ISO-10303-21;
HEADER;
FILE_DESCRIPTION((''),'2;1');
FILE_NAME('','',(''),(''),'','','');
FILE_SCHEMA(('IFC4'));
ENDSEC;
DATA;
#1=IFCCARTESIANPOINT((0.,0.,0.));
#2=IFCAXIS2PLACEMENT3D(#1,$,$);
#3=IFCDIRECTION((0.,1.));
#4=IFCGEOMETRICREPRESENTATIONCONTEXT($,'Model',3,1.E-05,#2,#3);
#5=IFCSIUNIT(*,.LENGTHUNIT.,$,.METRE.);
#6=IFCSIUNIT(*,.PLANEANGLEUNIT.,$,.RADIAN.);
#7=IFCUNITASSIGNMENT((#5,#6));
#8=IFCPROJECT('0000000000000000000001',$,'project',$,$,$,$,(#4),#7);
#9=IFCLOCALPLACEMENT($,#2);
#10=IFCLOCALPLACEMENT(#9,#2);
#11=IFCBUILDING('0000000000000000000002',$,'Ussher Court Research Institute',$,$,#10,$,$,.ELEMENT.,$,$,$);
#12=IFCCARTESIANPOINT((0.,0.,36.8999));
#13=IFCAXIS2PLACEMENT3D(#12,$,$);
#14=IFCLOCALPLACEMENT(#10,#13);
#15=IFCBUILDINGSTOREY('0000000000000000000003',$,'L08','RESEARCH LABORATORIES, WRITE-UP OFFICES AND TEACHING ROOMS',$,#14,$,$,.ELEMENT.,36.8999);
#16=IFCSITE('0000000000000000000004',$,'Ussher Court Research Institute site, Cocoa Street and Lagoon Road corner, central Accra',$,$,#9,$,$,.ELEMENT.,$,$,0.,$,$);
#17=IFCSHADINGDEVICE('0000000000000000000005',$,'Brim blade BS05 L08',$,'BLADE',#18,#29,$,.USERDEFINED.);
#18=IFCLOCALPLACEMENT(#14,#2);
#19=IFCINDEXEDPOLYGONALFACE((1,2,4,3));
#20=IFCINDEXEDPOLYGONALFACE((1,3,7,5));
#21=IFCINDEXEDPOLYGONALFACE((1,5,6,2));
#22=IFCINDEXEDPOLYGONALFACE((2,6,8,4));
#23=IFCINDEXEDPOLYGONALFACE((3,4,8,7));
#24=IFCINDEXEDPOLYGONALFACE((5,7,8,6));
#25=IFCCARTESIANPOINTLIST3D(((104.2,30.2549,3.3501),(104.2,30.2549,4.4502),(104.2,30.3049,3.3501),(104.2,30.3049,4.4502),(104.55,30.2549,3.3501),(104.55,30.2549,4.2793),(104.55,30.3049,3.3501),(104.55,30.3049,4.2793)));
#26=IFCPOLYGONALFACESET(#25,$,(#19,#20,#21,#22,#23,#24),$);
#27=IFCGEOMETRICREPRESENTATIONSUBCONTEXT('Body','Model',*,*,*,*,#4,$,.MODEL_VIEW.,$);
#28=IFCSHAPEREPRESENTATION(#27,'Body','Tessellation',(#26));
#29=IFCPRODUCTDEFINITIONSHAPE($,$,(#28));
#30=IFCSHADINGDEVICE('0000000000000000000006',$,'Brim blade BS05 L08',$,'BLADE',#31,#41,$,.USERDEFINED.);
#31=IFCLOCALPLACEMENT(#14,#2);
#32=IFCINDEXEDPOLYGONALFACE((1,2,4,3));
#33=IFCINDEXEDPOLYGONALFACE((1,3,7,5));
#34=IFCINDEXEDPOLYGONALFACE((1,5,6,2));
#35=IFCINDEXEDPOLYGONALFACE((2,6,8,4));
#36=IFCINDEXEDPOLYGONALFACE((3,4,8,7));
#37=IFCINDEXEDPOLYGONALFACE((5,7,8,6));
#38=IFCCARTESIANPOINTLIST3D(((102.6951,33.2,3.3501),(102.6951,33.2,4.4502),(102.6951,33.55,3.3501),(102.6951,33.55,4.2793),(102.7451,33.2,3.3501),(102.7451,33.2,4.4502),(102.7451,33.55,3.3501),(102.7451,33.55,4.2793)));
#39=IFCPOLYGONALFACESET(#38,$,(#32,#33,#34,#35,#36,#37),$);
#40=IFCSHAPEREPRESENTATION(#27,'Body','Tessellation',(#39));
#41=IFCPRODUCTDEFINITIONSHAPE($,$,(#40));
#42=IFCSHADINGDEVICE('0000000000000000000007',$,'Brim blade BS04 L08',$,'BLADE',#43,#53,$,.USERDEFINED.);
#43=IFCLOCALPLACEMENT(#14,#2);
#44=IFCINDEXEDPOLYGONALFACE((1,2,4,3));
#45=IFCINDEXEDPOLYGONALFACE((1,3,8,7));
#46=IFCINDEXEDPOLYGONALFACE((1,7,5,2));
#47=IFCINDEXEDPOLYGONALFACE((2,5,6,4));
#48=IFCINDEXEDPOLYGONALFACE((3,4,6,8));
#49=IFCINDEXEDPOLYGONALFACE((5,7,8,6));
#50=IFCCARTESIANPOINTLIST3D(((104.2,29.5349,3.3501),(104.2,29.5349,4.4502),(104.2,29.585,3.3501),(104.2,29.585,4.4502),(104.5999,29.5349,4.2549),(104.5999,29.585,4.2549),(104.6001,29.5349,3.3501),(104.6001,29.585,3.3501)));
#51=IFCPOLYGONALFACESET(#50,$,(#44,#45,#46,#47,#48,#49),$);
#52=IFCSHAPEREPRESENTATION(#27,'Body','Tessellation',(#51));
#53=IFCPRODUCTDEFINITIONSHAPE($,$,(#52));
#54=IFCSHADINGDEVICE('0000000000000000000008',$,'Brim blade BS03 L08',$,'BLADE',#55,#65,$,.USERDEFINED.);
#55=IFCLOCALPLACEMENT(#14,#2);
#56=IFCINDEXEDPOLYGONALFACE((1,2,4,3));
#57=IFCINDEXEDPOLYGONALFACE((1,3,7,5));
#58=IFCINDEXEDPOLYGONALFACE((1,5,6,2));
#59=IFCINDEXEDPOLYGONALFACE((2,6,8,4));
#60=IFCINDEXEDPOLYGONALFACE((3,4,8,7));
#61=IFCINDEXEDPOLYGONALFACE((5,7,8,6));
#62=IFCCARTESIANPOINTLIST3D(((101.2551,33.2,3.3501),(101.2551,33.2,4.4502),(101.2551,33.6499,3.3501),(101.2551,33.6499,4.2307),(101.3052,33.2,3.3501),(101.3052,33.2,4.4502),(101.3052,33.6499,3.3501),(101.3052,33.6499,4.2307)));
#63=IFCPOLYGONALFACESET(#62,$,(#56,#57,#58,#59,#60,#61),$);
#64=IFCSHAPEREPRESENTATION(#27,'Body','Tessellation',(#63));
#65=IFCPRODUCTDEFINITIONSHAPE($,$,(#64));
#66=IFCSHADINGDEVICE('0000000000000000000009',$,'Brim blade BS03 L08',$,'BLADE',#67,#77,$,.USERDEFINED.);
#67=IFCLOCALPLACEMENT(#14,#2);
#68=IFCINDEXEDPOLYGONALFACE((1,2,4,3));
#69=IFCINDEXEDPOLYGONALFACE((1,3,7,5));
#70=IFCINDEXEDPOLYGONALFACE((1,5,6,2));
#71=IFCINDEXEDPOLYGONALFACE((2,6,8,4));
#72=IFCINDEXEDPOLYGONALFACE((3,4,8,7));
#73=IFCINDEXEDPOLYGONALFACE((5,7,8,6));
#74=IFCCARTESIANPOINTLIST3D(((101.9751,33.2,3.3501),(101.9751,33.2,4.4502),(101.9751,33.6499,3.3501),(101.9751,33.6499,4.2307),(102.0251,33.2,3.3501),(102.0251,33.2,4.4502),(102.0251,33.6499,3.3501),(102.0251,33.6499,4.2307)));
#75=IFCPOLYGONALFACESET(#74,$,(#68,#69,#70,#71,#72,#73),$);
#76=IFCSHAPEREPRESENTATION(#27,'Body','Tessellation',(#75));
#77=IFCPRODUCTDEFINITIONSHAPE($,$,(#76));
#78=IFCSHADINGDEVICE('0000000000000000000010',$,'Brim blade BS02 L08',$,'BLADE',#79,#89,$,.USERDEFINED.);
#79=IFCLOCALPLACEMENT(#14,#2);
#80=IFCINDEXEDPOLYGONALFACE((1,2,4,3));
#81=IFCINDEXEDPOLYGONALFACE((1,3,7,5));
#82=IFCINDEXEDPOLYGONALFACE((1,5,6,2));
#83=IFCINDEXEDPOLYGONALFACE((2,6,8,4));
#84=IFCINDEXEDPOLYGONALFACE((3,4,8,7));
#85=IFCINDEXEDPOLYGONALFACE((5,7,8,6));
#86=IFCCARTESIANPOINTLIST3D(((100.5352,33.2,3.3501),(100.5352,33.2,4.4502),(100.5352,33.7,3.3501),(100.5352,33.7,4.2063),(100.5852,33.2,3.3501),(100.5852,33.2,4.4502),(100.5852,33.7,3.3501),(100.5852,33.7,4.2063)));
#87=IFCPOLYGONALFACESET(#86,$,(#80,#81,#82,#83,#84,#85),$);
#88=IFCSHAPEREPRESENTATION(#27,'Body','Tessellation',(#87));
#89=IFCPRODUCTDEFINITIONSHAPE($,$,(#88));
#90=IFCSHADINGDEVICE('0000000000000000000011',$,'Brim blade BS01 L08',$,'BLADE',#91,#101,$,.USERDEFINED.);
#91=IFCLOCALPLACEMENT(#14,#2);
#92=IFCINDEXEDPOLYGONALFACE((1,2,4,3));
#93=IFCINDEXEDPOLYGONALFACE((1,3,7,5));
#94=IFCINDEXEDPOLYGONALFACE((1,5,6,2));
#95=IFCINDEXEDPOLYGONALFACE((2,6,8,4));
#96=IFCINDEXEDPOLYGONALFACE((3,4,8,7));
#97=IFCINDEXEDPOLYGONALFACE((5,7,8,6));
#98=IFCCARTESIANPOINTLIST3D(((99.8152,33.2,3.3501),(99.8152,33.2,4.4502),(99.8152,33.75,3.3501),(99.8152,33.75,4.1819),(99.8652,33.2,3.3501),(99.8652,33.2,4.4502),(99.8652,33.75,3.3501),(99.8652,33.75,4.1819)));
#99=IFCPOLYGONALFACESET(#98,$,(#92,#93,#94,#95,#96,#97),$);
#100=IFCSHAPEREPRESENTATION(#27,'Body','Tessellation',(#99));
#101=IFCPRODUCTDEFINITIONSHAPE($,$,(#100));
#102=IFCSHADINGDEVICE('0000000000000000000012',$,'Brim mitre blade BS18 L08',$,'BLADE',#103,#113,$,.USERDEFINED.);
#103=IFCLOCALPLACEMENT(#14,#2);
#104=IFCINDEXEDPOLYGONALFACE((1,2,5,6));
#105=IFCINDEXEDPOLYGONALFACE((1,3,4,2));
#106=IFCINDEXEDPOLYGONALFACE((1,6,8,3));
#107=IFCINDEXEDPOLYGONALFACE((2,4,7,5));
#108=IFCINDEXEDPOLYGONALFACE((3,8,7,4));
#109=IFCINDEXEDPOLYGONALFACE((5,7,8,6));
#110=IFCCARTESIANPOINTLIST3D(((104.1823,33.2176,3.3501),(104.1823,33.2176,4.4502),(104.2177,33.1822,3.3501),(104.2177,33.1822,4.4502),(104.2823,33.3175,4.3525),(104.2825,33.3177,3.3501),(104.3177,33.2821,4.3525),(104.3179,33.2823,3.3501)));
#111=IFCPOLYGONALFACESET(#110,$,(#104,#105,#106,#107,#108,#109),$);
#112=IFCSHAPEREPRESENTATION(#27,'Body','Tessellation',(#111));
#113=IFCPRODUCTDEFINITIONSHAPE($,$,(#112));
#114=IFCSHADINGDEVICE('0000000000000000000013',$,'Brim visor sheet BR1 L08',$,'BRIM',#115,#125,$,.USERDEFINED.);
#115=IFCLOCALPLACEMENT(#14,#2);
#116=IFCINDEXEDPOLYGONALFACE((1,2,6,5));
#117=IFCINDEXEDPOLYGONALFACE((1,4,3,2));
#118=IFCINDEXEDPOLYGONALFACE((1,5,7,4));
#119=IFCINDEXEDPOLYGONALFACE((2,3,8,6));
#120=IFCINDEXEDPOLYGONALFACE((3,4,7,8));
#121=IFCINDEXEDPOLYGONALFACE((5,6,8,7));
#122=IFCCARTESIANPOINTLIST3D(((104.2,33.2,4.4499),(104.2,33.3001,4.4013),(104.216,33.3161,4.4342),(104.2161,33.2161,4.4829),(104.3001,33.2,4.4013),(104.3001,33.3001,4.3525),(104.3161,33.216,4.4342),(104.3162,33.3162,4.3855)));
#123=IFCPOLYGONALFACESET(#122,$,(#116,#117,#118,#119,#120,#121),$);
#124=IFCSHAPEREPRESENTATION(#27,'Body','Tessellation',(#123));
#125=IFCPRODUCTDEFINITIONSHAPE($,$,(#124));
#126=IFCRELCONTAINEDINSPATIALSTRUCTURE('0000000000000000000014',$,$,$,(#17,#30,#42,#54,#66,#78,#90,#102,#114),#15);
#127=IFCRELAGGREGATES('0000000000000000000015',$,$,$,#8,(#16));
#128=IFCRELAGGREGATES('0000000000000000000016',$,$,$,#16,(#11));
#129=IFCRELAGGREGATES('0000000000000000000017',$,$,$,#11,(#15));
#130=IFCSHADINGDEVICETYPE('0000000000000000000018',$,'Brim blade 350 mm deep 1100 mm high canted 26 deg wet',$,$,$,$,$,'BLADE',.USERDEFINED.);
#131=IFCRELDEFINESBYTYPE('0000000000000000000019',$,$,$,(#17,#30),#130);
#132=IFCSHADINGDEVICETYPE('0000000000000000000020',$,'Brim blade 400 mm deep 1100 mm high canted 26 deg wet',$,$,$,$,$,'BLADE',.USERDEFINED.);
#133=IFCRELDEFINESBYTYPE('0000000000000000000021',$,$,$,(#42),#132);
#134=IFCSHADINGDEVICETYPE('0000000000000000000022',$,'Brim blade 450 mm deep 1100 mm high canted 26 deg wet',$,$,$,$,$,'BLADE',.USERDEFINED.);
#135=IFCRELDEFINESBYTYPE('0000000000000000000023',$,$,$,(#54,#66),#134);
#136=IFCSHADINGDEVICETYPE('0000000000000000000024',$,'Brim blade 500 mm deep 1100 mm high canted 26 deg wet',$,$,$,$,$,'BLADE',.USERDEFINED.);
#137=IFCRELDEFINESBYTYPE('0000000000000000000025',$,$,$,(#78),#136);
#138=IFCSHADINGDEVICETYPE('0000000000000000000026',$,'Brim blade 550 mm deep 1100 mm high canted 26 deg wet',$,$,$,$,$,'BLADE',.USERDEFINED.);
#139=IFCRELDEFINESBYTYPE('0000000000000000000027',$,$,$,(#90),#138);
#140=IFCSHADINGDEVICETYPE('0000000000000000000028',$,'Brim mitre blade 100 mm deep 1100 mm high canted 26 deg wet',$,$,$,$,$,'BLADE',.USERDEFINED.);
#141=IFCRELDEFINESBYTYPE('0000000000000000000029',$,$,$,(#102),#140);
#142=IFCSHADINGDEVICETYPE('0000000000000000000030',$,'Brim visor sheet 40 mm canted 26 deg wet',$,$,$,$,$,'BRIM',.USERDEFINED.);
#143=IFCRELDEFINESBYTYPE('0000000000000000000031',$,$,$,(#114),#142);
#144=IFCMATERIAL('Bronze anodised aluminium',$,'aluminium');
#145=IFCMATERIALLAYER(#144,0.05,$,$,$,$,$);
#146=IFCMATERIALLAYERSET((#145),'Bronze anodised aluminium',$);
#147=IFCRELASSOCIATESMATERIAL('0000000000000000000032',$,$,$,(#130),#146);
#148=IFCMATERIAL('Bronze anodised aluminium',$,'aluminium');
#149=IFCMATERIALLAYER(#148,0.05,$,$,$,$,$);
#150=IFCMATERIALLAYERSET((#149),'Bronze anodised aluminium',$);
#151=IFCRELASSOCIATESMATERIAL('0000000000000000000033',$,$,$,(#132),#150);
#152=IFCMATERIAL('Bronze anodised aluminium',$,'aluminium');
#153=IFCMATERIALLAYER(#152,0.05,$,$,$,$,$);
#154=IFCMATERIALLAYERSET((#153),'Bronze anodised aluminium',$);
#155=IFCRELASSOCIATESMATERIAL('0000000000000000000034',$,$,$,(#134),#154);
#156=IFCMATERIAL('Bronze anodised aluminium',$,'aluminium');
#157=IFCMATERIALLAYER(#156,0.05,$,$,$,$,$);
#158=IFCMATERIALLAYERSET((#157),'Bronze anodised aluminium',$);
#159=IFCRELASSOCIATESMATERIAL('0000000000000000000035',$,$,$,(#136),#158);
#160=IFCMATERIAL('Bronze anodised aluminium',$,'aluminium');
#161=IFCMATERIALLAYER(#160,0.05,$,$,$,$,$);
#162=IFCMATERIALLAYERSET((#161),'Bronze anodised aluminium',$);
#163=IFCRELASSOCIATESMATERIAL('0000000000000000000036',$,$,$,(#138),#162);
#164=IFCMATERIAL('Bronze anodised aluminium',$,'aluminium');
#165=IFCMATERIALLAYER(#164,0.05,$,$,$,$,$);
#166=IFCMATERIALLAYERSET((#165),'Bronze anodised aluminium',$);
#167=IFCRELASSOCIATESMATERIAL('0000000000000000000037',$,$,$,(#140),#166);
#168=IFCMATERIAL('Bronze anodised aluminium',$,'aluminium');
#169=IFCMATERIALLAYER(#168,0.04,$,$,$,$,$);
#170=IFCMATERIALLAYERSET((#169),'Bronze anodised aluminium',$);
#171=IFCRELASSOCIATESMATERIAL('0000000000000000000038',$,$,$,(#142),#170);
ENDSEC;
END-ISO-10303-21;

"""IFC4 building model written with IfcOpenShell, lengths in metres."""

from ifc_helpers import new_model, si_unit, direction, frame, origin, place, context, subcontext, project, spatial, polyline, outline, extrude, material, layer, layer_set, type_object, element, save


model = new_model("IFC4")

# Units and contexts
model_context = context("Model", 3, precision=1e-05, world=origin(), true_north=direction((0.0, 1.0)))
body_context = subcontext(model_context, "Body", "Model", "MODEL_VIEW")
ifc_project = project(units=[si_unit("LENGTHUNIT", "METRE"), si_unit("PLANEANGLEUNIT", "RADIAN")], contexts=[model_context])

# Site, building, storey
site_placement = place(None, origin())
site = spatial("IfcSite", under=ifc_project, at=site_placement, Name="Ussher Court Research Institute site, Cocoa Street and Lagoon Road corner, central Accra", CompositionType="ELEMENT", RefElevation=0.0)
building_placement = place(site_placement, origin())
building = spatial("IfcBuilding", under=site, at=building_placement, Name="Ussher Court Research Institute", CompositionType="ELEMENT")
storey_placement = place(building_placement, frame((0.0, 0.0, 36.8999)))
storey = spatial("IfcBuildingStorey", under=building, at=storey_placement, Name="L08", Description="RESEARCH LABORATORIES, WRITE-UP OFFICES AND TEACHING ROOMS", CompositionType="ELEMENT", Elevation=36.8999)

# Shading devices
ifc_material_1 = material(Name="Bronze anodised aluminium", Category="aluminium")
ifc_layer_1 = layer(ifc_material_1, 0.05)
ifc_layer_set_1 = layer_set([ifc_layer_1], Name="Bronze anodised aluminium")
shading_device_type_1 = type_object("IfcShadingDeviceType", Name="Brim blade 350 mm deep 1100 mm high canted 26 deg wet", ElementType="BLADE", PredefinedType="USERDEFINED", material=ifc_layer_set_1)
for number, where, z_axis, x_axis, name in (
    (1, (104.2, 30.28, 3.3501), (0.0, 0.0, 1.0), (1.0, 0.0, 0.0), "Brim blade BS05 L08"),
    (2, (102.72, 33.2, 3.3501), (0.0, 0.0, 1.0), (0.0, 1.0, 0.0), "Brim blade BS05 L08"),
):
    element("IfcShadingDevice", number, at=place(storey_placement, frame(where, z_axis=z_axis, x_axis=x_axis)), inside=storey, type_object=shading_device_type_1, Name=name, ObjectType="BLADE", PredefinedType="USERDEFINED", context=body_context, shape_type="SweptSolid", body=[
        extrude(outline(polyline([(0.0, 0.0), (0.3501, 0.0), (0.3501, 0.9292), (0.0, 1.1001), (0.0, 0.0)])), frame((0.0, 0.0249, 0.0), z_axis=(0.0, -1.0, 0.0), x_axis=(1.0, 0.0, 0.0)), (0.0, 0.0, 1.0), 0.05),
    ])
ifc_material_2 = material(Name="Bronze anodised aluminium", Category="aluminium")
ifc_layer_2 = layer(ifc_material_2, 0.05)
ifc_layer_set_2 = layer_set([ifc_layer_2], Name="Bronze anodised aluminium")
shading_device_type_2 = type_object("IfcShadingDeviceType", Name="Brim blade 400 mm deep 1100 mm high canted 26 deg wet", ElementType="BLADE", PredefinedType="USERDEFINED", material=ifc_layer_set_2)
shading_device_1_placement = place(storey_placement, frame((104.2, 29.5601, 3.3501), z_axis=(0.0, 0.0, 1.0), x_axis=(1.0, 0.0, 0.0)))
element("IfcShadingDevice", 3, at=shading_device_1_placement, inside=storey, type_object=shading_device_type_2, Name="Brim blade BS04 L08", ObjectType="BLADE", PredefinedType="USERDEFINED", context=body_context, shape_type="SweptSolid", body=[
    extrude(outline(polyline([(0.0, 0.0), (0.4001, 0.0), (0.3999, 0.9048), (0.0, 1.1001), (0.0, 0.0)])), frame((0.0, 0.0249, 0.0), z_axis=(0.0, -1.0, 0.0), x_axis=(1.0, 0.0, 0.0)), (0.0, 0.0, 1.0), 0.05),
])
ifc_material_3 = material(Name="Bronze anodised aluminium", Category="aluminium")
ifc_layer_3 = layer(ifc_material_3, 0.05)
ifc_layer_set_3 = layer_set([ifc_layer_3], Name="Bronze anodised aluminium")
shading_device_type_3 = type_object("IfcShadingDeviceType", Name="Brim blade 450 mm deep 1100 mm high canted 26 deg wet", ElementType="BLADE", PredefinedType="USERDEFINED", material=ifc_layer_set_3)
for number, where, z_axis, x_axis, name in (
    (4, (101.28, 33.2, 3.3501), (0.0, 0.0, 1.0), (0.0, 1.0, 0.0), "Brim blade BS03 L08"),
    (5, (102.0, 33.2, 3.3501), (0.0, 0.0, 1.0), (0.0, 1.0, 0.0), "Brim blade BS03 L08"),
):
    element("IfcShadingDevice", number, at=place(storey_placement, frame(where, z_axis=z_axis, x_axis=x_axis)), inside=storey, type_object=shading_device_type_3, Name=name, ObjectType="BLADE", PredefinedType="USERDEFINED", context=body_context, shape_type="SweptSolid", body=[
        extrude(outline(polyline([(0.0, 0.0), (0.45, 0.0), (0.45, 0.8806), (0.0, 1.1001), (0.0, 0.0)])), frame((0.0, 0.0249, 0.0), z_axis=(0.0, -1.0, 0.0), x_axis=(1.0, 0.0, 0.0)), (0.0, 0.0, 1.0), 0.05),
    ])
ifc_material_4 = material(Name="Bronze anodised aluminium", Category="aluminium")
ifc_layer_4 = layer(ifc_material_4, 0.05)
ifc_layer_set_4 = layer_set([ifc_layer_4], Name="Bronze anodised aluminium")
shading_device_type_4 = type_object("IfcShadingDeviceType", Name="Brim blade 500 mm deep 1100 mm high canted 26 deg wet", ElementType="BLADE", PredefinedType="USERDEFINED", material=ifc_layer_set_4)
shading_device_2_placement = place(storey_placement, frame((100.5601, 33.2, 3.3501), z_axis=(0.0, 0.0, 1.0), x_axis=(0.0, 1.0, 0.0)))
element("IfcShadingDevice", 6, at=shading_device_2_placement, inside=storey, type_object=shading_device_type_4, Name="Brim blade BS02 L08", ObjectType="BLADE", PredefinedType="USERDEFINED", context=body_context, shape_type="SweptSolid", body=[
    extrude(outline(polyline([(0.0, 0.0), (0.5, 0.0), (0.5, 0.8562), (0.0, 1.1001), (0.0, 0.0)])), frame((0.0, 0.0249, 0.0), z_axis=(0.0, -1.0, 0.0), x_axis=(1.0, 0.0, 0.0)), (0.0, 0.0, 1.0), 0.05),
])
ifc_material_5 = material(Name="Bronze anodised aluminium", Category="aluminium")
ifc_layer_5 = layer(ifc_material_5, 0.05)
ifc_layer_set_5 = layer_set([ifc_layer_5], Name="Bronze anodised aluminium")
shading_device_type_5 = type_object("IfcShadingDeviceType", Name="Brim blade 550 mm deep 1100 mm high canted 26 deg wet", ElementType="BLADE", PredefinedType="USERDEFINED", material=ifc_layer_set_5)
shading_device_3_placement = place(storey_placement, frame((99.8401, 33.2, 3.3501), z_axis=(0.0, 0.0, 1.0), x_axis=(0.0, 1.0, 0.0)))
element("IfcShadingDevice", 7, at=shading_device_3_placement, inside=storey, type_object=shading_device_type_5, Name="Brim blade BS01 L08", ObjectType="BLADE", PredefinedType="USERDEFINED", context=body_context, shape_type="SweptSolid", body=[
    extrude(outline(polyline([(0.0, 0.0), (0.55, 0.0), (0.55, 0.8318), (0.0, 1.1001), (0.0, 0.0)])), frame((0.0, 0.0249, 0.0), z_axis=(0.0, -1.0, 0.0), x_axis=(1.0, 0.0, 0.0)), (0.0, 0.0, 1.0), 0.05),
])
ifc_material_6 = material(Name="Bronze anodised aluminium", Category="aluminium")
ifc_layer_6 = layer(ifc_material_6, 0.05)
ifc_layer_set_6 = layer_set([ifc_layer_6], Name="Bronze anodised aluminium")
shading_device_type_6 = type_object("IfcShadingDeviceType", Name="Brim mitre blade 100 mm deep 1100 mm high canted 26 deg wet", ElementType="BLADE", PredefinedType="USERDEFINED", material=ifc_layer_set_6)
shading_device_4_placement = place(storey_placement, frame((104.2, 33.2, 3.3501), z_axis=(0.0, 0.0, 1.0), x_axis=(0.707107, 0.707107, 0.0)))
element("IfcShadingDevice", 8, at=shading_device_4_placement, inside=storey, type_object=shading_device_type_6, Name="Brim mitre blade BS18 L08", ObjectType="BLADE", PredefinedType="USERDEFINED", context=body_context, shape_type="SweptSolid", body=[
    extrude(outline(polyline([(0.0, 0.0), (0.1416, 0.0), (0.1414, 1.0024), (0.0, 1.1001), (0.0, 0.0)])), frame((0.0, 0.0249, 0.0), z_axis=(0.0, -1.0, 0.0), x_axis=(1.0, 0.0, 0.0)), (0.0, 0.0, 1.0), 0.05),
])
ifc_material_7 = material(Name="Bronze anodised aluminium", Category="aluminium")
ifc_layer_7 = layer(ifc_material_7, 0.04)
ifc_layer_set_7 = layer_set([ifc_layer_7], Name="Bronze anodised aluminium")
shading_device_type_7 = type_object("IfcShadingDeviceType", Name="Brim visor sheet 40 mm canted 26 deg wet", ElementType="BRIM", PredefinedType="USERDEFINED", material=ifc_layer_set_7)
shading_device_5_placement = place(storey_placement, frame((104.2161, 33.2161, 4.4829), z_axis=(0.400848, 0.400848, 0.823797), x_axis=(0.899269, -0.000362, -0.437395)))
element("IfcShadingDevice", 9, at=shading_device_5_placement, inside=storey, type_object=shading_device_type_7, Name="Brim visor sheet BR1 L08", ObjectType="BRIM", PredefinedType="USERDEFINED", context=body_context, shape_type="SweptSolid", body=[
    extrude(outline(polyline([(0.0, 0.0), (0.1113, 0.0), (0.1326, 0.1093), (0.0212, 0.1092), (0.0, 0.0)])), origin(), (0.0, 0.0, -1.0), 0.04),
])

save(model, "model.ifc")
